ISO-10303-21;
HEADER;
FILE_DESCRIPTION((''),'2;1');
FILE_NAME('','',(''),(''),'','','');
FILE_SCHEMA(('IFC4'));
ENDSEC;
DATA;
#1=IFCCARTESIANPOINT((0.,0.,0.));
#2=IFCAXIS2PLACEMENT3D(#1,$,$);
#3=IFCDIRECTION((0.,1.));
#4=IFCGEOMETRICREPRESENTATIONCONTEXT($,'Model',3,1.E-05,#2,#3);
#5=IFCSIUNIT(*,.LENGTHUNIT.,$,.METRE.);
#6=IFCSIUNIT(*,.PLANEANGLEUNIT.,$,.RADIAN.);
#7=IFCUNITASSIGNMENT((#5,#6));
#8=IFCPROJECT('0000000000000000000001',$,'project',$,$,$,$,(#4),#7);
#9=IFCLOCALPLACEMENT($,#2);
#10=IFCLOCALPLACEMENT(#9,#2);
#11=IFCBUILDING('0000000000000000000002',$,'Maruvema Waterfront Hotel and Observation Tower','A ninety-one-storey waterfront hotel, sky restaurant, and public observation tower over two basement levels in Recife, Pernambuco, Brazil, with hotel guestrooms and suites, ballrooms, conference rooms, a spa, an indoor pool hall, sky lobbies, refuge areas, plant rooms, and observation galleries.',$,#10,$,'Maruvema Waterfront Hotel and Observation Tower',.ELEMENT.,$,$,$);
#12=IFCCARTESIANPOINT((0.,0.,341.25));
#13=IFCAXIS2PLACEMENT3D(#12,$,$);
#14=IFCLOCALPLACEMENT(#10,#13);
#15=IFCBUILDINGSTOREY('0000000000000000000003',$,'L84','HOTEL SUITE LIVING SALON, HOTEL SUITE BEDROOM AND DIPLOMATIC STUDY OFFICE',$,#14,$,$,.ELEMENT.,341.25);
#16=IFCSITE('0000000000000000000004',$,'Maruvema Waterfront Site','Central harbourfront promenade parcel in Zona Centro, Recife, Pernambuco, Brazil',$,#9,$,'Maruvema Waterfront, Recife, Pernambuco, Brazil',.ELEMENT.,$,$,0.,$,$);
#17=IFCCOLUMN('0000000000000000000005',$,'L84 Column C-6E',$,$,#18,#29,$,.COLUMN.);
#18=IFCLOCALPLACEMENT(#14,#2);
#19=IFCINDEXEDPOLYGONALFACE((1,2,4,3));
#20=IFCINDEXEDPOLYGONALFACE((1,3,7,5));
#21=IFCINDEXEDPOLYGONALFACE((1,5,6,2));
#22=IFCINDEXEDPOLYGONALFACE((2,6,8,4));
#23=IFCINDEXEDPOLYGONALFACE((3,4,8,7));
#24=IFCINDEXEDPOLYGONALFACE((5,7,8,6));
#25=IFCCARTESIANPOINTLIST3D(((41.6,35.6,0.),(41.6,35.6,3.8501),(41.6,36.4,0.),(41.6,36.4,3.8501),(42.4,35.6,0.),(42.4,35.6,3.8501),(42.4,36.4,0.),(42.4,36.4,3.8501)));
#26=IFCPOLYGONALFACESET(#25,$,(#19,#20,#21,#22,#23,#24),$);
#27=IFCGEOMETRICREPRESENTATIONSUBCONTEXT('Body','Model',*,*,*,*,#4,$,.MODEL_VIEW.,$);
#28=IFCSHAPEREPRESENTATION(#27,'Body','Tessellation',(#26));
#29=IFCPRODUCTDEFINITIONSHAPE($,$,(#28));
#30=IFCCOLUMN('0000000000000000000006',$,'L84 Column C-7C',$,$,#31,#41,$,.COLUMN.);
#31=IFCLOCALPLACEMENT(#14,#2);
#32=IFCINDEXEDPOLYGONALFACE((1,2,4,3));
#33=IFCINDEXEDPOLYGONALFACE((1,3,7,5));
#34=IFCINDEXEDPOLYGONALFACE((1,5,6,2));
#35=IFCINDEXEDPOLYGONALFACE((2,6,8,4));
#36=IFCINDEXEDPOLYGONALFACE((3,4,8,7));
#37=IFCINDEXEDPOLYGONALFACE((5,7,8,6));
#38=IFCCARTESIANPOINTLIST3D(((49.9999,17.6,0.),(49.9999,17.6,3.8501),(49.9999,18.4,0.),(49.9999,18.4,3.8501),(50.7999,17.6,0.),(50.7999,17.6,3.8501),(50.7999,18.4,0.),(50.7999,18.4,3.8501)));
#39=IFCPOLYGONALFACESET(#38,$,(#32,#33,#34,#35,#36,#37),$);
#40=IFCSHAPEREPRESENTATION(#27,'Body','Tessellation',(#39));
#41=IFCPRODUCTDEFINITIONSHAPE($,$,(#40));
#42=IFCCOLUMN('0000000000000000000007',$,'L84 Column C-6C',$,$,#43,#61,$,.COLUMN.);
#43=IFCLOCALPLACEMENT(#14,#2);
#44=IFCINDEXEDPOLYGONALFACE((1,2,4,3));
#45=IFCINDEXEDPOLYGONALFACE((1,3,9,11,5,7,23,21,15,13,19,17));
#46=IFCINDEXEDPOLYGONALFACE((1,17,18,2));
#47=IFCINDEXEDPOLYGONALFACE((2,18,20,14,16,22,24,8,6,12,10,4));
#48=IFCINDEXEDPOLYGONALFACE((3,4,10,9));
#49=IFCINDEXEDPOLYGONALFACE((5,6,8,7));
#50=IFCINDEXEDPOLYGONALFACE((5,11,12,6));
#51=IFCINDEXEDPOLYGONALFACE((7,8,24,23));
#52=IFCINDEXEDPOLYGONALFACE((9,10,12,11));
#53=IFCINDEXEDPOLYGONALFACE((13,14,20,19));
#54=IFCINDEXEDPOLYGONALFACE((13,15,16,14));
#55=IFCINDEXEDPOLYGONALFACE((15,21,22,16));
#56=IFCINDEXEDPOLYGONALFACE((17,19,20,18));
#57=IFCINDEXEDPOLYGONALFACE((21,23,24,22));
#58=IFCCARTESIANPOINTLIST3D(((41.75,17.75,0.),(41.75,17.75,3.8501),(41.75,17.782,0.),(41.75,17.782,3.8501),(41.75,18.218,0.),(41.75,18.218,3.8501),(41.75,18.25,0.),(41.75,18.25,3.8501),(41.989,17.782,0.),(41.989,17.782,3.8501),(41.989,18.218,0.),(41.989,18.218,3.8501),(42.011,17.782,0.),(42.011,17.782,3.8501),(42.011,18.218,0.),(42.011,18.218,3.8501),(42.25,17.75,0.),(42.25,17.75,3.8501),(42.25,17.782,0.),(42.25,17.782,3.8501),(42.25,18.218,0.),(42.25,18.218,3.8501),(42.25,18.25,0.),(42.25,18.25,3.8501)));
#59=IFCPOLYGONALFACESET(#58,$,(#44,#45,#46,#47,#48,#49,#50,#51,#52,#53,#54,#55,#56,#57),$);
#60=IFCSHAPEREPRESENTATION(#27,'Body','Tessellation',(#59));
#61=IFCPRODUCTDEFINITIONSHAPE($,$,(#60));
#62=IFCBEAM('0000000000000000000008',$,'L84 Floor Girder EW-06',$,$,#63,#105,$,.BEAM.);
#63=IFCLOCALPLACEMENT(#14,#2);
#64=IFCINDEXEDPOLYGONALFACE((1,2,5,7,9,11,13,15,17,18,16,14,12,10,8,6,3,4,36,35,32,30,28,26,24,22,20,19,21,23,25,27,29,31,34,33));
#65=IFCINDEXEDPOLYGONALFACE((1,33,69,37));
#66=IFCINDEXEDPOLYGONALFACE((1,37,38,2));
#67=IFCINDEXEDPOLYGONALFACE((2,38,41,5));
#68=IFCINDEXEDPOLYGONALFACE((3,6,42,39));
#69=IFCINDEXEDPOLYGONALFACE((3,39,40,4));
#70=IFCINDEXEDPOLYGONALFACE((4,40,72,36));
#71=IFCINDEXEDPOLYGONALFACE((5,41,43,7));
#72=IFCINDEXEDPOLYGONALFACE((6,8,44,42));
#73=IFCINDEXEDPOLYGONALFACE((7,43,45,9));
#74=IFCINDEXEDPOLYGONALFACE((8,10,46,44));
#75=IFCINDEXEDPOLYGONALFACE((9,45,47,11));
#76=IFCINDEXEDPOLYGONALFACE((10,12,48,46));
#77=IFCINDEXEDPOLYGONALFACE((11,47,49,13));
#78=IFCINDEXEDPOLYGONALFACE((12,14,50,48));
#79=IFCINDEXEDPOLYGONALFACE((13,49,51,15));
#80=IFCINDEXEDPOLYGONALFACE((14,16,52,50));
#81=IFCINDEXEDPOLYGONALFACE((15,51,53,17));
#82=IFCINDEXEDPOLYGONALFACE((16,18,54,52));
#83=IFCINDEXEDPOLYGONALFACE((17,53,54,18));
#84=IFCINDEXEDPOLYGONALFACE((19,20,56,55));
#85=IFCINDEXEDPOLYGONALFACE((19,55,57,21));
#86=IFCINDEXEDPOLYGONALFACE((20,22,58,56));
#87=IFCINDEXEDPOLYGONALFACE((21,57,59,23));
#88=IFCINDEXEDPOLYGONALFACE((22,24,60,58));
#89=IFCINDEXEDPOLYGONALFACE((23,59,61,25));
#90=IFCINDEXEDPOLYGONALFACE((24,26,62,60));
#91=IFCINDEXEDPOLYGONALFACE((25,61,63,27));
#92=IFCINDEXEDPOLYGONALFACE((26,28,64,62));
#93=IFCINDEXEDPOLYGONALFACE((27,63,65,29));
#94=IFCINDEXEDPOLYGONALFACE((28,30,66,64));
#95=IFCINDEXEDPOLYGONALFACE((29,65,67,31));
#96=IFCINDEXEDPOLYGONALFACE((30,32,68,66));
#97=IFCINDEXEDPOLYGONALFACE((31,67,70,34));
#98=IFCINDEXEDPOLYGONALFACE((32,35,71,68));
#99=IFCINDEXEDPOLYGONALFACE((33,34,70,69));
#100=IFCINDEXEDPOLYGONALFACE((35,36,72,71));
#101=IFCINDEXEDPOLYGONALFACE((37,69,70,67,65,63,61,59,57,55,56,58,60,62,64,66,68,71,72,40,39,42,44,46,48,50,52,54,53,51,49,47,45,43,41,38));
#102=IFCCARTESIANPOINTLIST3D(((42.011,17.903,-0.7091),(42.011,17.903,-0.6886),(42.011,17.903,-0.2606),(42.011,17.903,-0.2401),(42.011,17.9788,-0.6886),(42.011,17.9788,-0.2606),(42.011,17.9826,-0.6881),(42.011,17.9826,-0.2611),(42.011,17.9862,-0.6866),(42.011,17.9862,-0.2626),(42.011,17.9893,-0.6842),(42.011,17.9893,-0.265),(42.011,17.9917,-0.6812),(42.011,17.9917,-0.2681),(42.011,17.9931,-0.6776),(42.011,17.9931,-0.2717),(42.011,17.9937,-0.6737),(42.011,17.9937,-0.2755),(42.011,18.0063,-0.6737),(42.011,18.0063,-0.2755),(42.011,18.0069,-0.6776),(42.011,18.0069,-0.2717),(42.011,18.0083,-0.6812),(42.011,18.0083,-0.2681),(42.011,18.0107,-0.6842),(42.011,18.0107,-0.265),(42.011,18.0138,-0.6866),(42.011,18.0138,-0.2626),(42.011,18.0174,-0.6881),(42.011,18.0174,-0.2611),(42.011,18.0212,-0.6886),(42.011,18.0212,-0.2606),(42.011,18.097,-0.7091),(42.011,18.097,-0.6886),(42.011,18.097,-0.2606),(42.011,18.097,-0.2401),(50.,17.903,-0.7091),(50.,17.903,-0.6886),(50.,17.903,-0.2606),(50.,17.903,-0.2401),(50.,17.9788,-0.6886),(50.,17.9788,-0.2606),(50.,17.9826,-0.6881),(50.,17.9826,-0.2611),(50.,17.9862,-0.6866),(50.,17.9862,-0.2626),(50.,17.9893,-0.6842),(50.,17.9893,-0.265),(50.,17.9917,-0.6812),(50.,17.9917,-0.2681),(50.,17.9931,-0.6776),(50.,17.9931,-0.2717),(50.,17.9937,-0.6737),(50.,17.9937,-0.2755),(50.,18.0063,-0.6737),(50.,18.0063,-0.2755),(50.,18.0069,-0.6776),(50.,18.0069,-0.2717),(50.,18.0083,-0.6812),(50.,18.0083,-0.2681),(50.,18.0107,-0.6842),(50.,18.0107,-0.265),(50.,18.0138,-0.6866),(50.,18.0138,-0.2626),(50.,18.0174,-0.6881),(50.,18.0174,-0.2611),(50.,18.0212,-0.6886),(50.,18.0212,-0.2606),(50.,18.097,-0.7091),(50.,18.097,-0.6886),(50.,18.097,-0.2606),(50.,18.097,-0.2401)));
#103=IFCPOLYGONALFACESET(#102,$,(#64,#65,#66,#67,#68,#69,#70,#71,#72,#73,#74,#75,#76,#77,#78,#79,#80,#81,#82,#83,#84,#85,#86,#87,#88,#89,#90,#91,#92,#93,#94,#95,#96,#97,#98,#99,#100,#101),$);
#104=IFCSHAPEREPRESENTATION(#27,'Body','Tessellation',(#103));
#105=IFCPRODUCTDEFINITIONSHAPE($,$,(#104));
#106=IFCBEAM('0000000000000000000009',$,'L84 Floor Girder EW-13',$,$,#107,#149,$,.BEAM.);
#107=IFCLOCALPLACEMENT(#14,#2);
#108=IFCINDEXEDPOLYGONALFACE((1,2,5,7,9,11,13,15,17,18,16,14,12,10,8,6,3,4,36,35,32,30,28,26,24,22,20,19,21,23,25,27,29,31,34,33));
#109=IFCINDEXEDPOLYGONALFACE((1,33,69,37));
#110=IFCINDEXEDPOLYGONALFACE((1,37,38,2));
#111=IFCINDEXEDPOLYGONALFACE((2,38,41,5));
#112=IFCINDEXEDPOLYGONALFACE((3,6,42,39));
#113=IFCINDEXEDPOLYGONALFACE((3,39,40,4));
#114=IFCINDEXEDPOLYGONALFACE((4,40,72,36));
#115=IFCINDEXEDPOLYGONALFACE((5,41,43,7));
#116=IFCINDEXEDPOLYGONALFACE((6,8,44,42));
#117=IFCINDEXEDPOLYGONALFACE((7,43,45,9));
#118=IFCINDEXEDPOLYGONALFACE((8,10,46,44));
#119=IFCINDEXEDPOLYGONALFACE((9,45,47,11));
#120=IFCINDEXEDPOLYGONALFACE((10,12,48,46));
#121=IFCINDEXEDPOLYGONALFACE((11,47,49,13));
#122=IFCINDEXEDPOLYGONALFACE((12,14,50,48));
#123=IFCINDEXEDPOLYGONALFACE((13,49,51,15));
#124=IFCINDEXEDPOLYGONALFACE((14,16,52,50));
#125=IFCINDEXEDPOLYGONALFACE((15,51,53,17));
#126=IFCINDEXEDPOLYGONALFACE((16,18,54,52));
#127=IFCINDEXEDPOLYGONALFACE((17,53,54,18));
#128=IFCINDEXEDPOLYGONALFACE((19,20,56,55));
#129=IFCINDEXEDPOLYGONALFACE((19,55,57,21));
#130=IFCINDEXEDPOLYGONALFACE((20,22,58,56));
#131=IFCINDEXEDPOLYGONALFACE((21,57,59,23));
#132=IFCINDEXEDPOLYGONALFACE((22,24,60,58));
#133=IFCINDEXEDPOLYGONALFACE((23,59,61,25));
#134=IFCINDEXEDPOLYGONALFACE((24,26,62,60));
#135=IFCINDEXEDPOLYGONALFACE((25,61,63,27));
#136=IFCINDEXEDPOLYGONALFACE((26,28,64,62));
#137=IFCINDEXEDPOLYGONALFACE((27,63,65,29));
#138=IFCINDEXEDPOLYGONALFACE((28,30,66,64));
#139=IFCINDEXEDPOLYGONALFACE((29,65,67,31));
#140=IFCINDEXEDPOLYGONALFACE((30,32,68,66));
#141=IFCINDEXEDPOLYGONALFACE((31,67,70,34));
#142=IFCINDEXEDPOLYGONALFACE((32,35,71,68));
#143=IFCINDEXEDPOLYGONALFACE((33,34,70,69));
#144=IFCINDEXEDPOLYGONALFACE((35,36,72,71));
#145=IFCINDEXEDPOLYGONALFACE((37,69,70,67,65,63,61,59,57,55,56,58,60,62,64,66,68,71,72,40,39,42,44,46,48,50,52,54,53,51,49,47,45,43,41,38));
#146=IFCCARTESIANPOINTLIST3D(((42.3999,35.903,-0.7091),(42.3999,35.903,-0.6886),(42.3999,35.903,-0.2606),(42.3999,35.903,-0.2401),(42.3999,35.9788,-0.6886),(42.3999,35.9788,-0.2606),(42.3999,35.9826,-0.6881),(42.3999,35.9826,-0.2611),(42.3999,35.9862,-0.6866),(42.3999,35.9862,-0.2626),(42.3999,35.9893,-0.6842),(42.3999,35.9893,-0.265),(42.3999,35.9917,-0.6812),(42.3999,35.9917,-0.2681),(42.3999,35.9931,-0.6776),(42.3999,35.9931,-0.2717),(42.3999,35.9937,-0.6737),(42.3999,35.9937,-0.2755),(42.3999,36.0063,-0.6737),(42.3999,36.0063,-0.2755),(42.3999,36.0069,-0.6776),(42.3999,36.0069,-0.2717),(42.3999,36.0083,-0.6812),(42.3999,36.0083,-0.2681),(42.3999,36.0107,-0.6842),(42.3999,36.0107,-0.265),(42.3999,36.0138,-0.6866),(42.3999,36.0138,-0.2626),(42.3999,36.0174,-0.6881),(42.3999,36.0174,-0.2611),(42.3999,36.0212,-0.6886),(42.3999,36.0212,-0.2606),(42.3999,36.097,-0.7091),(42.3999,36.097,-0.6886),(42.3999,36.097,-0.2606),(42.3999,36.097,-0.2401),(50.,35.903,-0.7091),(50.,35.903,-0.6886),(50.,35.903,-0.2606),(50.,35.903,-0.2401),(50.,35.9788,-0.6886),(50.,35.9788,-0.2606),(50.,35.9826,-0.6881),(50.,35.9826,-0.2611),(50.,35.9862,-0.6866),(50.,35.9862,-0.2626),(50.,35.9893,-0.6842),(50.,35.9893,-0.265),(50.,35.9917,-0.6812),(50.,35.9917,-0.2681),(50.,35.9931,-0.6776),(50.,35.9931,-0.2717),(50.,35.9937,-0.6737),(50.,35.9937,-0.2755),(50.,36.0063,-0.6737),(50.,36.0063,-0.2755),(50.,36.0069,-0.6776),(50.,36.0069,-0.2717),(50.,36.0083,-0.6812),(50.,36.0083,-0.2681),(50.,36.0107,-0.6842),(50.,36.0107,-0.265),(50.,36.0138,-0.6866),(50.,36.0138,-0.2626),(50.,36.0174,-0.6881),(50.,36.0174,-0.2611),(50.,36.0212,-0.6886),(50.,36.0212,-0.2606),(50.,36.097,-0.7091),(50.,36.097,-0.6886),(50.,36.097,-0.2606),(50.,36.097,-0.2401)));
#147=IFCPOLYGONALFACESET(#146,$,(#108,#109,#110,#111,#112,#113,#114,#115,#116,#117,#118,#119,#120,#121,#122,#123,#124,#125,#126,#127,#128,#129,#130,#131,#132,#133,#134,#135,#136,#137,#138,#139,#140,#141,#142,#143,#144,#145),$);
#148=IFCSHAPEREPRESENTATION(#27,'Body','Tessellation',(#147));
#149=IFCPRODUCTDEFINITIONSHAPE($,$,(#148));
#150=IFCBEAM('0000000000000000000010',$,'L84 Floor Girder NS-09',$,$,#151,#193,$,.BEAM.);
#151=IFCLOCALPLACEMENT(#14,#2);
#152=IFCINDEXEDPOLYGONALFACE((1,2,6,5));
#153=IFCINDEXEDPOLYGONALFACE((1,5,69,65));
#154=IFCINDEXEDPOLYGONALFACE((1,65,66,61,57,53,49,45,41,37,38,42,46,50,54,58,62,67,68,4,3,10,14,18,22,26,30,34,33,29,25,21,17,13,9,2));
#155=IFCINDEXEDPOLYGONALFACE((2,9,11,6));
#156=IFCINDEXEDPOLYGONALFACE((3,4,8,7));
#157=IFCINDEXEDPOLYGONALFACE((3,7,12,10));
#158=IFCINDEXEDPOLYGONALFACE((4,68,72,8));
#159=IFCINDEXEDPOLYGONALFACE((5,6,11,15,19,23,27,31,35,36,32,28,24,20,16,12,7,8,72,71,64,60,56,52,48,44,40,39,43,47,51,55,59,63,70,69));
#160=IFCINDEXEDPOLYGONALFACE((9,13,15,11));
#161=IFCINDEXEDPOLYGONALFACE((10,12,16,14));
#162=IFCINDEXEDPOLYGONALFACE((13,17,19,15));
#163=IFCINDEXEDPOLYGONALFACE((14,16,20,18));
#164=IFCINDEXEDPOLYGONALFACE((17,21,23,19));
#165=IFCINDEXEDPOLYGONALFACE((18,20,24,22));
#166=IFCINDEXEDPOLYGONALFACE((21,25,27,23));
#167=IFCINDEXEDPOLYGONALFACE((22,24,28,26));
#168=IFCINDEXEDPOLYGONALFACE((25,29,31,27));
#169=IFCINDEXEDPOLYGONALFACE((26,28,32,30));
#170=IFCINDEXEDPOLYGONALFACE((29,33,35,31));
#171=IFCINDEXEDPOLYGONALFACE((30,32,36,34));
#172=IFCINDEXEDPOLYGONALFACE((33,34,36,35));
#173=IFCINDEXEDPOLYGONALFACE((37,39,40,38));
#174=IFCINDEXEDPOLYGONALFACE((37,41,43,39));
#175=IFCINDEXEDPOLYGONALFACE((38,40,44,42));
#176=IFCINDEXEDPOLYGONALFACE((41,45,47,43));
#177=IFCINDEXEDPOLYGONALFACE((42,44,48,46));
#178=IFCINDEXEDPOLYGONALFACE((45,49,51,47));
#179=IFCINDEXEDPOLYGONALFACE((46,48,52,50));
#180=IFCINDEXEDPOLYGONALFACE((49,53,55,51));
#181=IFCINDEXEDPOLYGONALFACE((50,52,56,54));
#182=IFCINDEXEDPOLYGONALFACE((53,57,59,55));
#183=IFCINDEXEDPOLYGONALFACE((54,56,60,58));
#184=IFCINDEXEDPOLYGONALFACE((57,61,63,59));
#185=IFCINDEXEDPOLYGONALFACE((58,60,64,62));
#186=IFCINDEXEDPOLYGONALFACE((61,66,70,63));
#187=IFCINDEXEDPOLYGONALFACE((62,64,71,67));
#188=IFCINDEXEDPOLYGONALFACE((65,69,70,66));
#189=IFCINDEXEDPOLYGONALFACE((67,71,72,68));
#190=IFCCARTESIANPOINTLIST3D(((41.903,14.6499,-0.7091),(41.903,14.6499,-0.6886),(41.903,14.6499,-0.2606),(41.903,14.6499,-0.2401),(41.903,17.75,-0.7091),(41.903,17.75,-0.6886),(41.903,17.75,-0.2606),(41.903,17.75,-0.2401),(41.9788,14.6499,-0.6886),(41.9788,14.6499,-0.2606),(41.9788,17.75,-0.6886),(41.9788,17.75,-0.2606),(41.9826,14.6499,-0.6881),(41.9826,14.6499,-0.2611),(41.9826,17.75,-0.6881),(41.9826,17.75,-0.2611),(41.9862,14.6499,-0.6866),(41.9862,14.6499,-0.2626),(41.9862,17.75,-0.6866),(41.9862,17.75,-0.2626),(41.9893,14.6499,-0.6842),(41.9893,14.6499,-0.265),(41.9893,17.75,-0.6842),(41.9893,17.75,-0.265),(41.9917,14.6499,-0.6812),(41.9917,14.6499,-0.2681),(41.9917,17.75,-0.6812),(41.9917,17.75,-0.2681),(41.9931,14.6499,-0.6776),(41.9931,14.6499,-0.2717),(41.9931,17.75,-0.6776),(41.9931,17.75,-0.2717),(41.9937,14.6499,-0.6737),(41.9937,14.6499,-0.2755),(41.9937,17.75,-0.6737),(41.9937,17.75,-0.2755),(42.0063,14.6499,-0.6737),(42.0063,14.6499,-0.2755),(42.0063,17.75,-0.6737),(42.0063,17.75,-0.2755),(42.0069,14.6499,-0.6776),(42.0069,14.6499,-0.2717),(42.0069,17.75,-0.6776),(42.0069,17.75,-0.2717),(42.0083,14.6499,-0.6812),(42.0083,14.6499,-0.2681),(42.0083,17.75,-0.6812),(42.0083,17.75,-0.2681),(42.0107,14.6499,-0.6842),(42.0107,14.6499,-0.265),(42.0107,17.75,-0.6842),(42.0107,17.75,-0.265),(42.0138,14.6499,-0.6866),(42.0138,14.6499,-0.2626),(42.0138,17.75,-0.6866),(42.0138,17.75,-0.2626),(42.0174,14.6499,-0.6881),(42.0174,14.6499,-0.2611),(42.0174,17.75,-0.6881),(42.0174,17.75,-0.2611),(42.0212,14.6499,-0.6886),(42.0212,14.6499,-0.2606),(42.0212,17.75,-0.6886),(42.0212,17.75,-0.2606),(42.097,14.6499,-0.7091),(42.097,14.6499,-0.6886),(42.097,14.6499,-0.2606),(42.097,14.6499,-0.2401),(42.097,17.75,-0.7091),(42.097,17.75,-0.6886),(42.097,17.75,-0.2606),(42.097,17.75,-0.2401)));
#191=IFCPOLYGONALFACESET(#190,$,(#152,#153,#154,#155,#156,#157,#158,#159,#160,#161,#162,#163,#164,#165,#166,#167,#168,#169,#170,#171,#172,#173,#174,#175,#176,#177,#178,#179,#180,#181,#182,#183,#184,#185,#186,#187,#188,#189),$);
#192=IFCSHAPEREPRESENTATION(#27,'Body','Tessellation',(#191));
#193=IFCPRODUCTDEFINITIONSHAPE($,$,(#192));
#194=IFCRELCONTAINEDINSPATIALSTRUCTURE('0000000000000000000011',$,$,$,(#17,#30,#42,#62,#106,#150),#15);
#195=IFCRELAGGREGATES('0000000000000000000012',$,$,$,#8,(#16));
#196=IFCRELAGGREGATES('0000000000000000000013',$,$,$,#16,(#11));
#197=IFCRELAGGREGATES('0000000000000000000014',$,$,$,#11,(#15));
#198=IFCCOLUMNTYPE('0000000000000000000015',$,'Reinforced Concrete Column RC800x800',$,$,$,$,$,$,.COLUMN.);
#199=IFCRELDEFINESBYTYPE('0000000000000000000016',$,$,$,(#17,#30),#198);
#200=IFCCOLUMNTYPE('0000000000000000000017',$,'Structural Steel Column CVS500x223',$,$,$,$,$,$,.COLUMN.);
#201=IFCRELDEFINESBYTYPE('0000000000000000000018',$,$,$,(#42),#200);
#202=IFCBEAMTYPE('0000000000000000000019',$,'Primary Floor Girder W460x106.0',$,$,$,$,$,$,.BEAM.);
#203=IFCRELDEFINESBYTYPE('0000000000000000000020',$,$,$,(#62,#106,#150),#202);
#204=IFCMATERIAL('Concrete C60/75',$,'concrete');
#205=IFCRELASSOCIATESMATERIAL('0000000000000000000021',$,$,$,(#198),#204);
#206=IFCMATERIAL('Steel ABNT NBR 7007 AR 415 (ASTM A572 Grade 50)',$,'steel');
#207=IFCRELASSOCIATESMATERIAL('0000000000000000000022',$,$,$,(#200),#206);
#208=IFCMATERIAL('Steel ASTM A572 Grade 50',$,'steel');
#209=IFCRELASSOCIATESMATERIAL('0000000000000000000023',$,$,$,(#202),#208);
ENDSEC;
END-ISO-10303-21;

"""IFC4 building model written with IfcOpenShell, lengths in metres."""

from ifc_helpers import new_model, si_unit, direction, frame, origin, origin_2d, place, context, subcontext, project, spatial, rectangle, i_section, extrude, material, material_profile, profile_set, type_object, element, save


model = new_model("IFC4")

# Units and contexts
model_context = context("Model", 3, precision=1e-05, world=origin(), true_north=direction((0.0, 1.0)))
body_context = subcontext(model_context, "Body", "Model", "MODEL_VIEW")
ifc_project = project(units=[si_unit("LENGTHUNIT", "METRE"), si_unit("PLANEANGLEUNIT", "RADIAN")], contexts=[model_context])

# Site, building, storey
site_placement = place(None, origin())
site = spatial("IfcSite", under=ifc_project, at=site_placement, Name="Maruvema Waterfront Site", Description="Central harbourfront promenade parcel in Zona Centro, Recife, Pernambuco, Brazil", LongName="Maruvema Waterfront, Recife, Pernambuco, Brazil", CompositionType="ELEMENT", RefElevation=0.0)
building_placement = place(site_placement, origin())
building = spatial("IfcBuilding", under=site, at=building_placement, Name="Maruvema Waterfront Hotel and Observation Tower", Description="A ninety-one-storey waterfront hotel, sky restaurant, and public observation tower over two basement levels in Recife, Pernambuco, Brazil, with hotel guestrooms and suites, ballrooms, conference rooms, a spa, an indoor pool hall, sky lobbies, refuge areas, plant rooms, and observation galleries.", LongName="Maruvema Waterfront Hotel and Observation Tower", CompositionType="ELEMENT")
storey_placement = place(building_placement, frame((0.0, 0.0, 341.25)))
storey = spatial("IfcBuildingStorey", under=building, at=storey_placement, Name="L84", Description="HOTEL SUITE LIVING SALON, HOTEL SUITE BEDROOM AND DIPLOMATIC STUDY OFFICE", CompositionType="ELEMENT", Elevation=341.25)

# Columns
ifc_material_1 = material(Name="Concrete C60/75", Category="concrete")
ifc_material_profile_1 = material_profile(ifc_material_1, rectangle(XDim=0.8, YDim=0.8, at=origin_2d()), Name="RC800x800")
ifc_profile_set_1 = profile_set([ifc_material_profile_1], Name="Concrete C60/75")
column_type_1 = type_object("IfcColumnType", Name="Reinforced Concrete Column RC800x800", PredefinedType="COLUMN", material=ifc_profile_set_1)
for number, where, z_axis, x_axis, name in (
    (1, (42.0, 36.0, 0.0), (0.0, 0.0, 1.0), (1.0, 0.0, 0.0), "L84 Column C-6E"),
    (2, (50.3999, 18.0, 0.0), (0.0, 0.0, 1.0), (1.0, 0.0, 0.0), "L84 Column C-7C"),
):
    element("IfcColumn", number, at=place(storey_placement, frame(where, z_axis=z_axis, x_axis=x_axis)), inside=storey, type_object=column_type_1, Name=name, PredefinedType="COLUMN", context=body_context, shape_type="SweptSolid", body=[
        extrude(rectangle(XDim=0.8, YDim=0.8, at=origin_2d()), origin(), (0.0, 0.0, 1.0), 3.8501),
    ])
ifc_material_2 = material(Name="Steel ABNT NBR 7007 AR 415 (ASTM A572 Grade 50)", Category="steel")
ifc_material_profile_2 = material_profile(ifc_material_2, i_section(OverallWidth=0.5, OverallDepth=0.5, WebThickness=0.022, FlangeThickness=0.032, at=origin_2d()), Name="CVS500x223")
ifc_profile_set_2 = profile_set([ifc_material_profile_2], Name="Steel ABNT NBR 7007 AR 415 (ASTM A572 Grade 50)")
column_type_2 = type_object("IfcColumnType", Name="Structural Steel Column CVS500x223", PredefinedType="COLUMN", material=ifc_profile_set_2)
column_placement = place(storey_placement, frame((42.0, 18.0, 0.0), z_axis=(0.0, 0.0, 1.0), x_axis=(1.0, 0.0, 0.0)))
element("IfcColumn", 3, at=column_placement, inside=storey, type_object=column_type_2, Name="L84 Column C-6C", PredefinedType="COLUMN", context=body_context, shape_type="SweptSolid", body=[
    extrude(i_section(OverallWidth=0.5, OverallDepth=0.5, WebThickness=0.022, FlangeThickness=0.032, at=origin_2d()), origin(), (0.0, 0.0, 1.0), 3.8501),
])

# Beams
ifc_material_3 = material(Name="Steel ASTM A572 Grade 50", Category="steel")
ifc_material_profile_3 = material_profile(ifc_material_3, i_section(OverallWidth=0.1941, OverallDepth=0.469, WebThickness=0.0127, FlangeThickness=0.0205, FilletRadius=0.0149, at=origin_2d()), Name="W460x106.0")
ifc_profile_set_3 = profile_set([ifc_material_profile_3], Name="Steel ASTM A572 Grade 50")
beam_type_1 = type_object("IfcBeamType", Name="Primary Floor Girder W460x106.0", PredefinedType="BEAM", material=ifc_profile_set_3)
beam_1_placement = place(storey_placement, frame((42.011, 18.0, -0.4746), z_axis=(1.0, 0.0, 0.0), x_axis=(0.0, 1.0, 0.0)))
element("IfcBeam", 4, at=beam_1_placement, inside=storey, type_object=beam_type_1, Name="L84 Floor Girder EW-06", PredefinedType="BEAM", context=body_context, shape_type="SweptSolid", body=[
    extrude(i_section(OverallWidth=0.1941, OverallDepth=0.469, WebThickness=0.0127, FlangeThickness=0.0205, FilletRadius=0.0149, at=origin_2d()), origin(), (0.0, 0.0, 1.0), 7.989),
])
beam_2_placement = place(storey_placement, frame((42.3999, 36.0, -0.4746), z_axis=(1.0, 0.0, 0.0), x_axis=(0.0, 1.0, 0.0)))
element("IfcBeam", 5, at=beam_2_placement, inside=storey, type_object=beam_type_1, Name="L84 Floor Girder EW-13", PredefinedType="BEAM", context=body_context, shape_type="SweptSolid", body=[
    extrude(i_section(OverallWidth=0.1941, OverallDepth=0.469, WebThickness=0.0127, FlangeThickness=0.0205, FilletRadius=0.0149, at=origin_2d()), origin(), (0.0, 0.0, 1.0), 7.6001),
])
beam_3_placement = place(storey_placement, frame((42.0, 14.6499, -0.4746), z_axis=(0.0, 1.0, 0.0), x_axis=(-1.0, 0.0, 0.0)))
element("IfcBeam", 6, at=beam_3_placement, inside=storey, type_object=beam_type_1, Name="L84 Floor Girder NS-09", PredefinedType="BEAM", context=body_context, shape_type="SweptSolid", body=[
    extrude(i_section(OverallWidth=0.1941, OverallDepth=0.469, WebThickness=0.0127, FlangeThickness=0.0205, FilletRadius=0.0149, at=origin_2d()), origin(), (0.0, 0.0, 1.0), 3.1001),
])

save(model, "model.ifc")
